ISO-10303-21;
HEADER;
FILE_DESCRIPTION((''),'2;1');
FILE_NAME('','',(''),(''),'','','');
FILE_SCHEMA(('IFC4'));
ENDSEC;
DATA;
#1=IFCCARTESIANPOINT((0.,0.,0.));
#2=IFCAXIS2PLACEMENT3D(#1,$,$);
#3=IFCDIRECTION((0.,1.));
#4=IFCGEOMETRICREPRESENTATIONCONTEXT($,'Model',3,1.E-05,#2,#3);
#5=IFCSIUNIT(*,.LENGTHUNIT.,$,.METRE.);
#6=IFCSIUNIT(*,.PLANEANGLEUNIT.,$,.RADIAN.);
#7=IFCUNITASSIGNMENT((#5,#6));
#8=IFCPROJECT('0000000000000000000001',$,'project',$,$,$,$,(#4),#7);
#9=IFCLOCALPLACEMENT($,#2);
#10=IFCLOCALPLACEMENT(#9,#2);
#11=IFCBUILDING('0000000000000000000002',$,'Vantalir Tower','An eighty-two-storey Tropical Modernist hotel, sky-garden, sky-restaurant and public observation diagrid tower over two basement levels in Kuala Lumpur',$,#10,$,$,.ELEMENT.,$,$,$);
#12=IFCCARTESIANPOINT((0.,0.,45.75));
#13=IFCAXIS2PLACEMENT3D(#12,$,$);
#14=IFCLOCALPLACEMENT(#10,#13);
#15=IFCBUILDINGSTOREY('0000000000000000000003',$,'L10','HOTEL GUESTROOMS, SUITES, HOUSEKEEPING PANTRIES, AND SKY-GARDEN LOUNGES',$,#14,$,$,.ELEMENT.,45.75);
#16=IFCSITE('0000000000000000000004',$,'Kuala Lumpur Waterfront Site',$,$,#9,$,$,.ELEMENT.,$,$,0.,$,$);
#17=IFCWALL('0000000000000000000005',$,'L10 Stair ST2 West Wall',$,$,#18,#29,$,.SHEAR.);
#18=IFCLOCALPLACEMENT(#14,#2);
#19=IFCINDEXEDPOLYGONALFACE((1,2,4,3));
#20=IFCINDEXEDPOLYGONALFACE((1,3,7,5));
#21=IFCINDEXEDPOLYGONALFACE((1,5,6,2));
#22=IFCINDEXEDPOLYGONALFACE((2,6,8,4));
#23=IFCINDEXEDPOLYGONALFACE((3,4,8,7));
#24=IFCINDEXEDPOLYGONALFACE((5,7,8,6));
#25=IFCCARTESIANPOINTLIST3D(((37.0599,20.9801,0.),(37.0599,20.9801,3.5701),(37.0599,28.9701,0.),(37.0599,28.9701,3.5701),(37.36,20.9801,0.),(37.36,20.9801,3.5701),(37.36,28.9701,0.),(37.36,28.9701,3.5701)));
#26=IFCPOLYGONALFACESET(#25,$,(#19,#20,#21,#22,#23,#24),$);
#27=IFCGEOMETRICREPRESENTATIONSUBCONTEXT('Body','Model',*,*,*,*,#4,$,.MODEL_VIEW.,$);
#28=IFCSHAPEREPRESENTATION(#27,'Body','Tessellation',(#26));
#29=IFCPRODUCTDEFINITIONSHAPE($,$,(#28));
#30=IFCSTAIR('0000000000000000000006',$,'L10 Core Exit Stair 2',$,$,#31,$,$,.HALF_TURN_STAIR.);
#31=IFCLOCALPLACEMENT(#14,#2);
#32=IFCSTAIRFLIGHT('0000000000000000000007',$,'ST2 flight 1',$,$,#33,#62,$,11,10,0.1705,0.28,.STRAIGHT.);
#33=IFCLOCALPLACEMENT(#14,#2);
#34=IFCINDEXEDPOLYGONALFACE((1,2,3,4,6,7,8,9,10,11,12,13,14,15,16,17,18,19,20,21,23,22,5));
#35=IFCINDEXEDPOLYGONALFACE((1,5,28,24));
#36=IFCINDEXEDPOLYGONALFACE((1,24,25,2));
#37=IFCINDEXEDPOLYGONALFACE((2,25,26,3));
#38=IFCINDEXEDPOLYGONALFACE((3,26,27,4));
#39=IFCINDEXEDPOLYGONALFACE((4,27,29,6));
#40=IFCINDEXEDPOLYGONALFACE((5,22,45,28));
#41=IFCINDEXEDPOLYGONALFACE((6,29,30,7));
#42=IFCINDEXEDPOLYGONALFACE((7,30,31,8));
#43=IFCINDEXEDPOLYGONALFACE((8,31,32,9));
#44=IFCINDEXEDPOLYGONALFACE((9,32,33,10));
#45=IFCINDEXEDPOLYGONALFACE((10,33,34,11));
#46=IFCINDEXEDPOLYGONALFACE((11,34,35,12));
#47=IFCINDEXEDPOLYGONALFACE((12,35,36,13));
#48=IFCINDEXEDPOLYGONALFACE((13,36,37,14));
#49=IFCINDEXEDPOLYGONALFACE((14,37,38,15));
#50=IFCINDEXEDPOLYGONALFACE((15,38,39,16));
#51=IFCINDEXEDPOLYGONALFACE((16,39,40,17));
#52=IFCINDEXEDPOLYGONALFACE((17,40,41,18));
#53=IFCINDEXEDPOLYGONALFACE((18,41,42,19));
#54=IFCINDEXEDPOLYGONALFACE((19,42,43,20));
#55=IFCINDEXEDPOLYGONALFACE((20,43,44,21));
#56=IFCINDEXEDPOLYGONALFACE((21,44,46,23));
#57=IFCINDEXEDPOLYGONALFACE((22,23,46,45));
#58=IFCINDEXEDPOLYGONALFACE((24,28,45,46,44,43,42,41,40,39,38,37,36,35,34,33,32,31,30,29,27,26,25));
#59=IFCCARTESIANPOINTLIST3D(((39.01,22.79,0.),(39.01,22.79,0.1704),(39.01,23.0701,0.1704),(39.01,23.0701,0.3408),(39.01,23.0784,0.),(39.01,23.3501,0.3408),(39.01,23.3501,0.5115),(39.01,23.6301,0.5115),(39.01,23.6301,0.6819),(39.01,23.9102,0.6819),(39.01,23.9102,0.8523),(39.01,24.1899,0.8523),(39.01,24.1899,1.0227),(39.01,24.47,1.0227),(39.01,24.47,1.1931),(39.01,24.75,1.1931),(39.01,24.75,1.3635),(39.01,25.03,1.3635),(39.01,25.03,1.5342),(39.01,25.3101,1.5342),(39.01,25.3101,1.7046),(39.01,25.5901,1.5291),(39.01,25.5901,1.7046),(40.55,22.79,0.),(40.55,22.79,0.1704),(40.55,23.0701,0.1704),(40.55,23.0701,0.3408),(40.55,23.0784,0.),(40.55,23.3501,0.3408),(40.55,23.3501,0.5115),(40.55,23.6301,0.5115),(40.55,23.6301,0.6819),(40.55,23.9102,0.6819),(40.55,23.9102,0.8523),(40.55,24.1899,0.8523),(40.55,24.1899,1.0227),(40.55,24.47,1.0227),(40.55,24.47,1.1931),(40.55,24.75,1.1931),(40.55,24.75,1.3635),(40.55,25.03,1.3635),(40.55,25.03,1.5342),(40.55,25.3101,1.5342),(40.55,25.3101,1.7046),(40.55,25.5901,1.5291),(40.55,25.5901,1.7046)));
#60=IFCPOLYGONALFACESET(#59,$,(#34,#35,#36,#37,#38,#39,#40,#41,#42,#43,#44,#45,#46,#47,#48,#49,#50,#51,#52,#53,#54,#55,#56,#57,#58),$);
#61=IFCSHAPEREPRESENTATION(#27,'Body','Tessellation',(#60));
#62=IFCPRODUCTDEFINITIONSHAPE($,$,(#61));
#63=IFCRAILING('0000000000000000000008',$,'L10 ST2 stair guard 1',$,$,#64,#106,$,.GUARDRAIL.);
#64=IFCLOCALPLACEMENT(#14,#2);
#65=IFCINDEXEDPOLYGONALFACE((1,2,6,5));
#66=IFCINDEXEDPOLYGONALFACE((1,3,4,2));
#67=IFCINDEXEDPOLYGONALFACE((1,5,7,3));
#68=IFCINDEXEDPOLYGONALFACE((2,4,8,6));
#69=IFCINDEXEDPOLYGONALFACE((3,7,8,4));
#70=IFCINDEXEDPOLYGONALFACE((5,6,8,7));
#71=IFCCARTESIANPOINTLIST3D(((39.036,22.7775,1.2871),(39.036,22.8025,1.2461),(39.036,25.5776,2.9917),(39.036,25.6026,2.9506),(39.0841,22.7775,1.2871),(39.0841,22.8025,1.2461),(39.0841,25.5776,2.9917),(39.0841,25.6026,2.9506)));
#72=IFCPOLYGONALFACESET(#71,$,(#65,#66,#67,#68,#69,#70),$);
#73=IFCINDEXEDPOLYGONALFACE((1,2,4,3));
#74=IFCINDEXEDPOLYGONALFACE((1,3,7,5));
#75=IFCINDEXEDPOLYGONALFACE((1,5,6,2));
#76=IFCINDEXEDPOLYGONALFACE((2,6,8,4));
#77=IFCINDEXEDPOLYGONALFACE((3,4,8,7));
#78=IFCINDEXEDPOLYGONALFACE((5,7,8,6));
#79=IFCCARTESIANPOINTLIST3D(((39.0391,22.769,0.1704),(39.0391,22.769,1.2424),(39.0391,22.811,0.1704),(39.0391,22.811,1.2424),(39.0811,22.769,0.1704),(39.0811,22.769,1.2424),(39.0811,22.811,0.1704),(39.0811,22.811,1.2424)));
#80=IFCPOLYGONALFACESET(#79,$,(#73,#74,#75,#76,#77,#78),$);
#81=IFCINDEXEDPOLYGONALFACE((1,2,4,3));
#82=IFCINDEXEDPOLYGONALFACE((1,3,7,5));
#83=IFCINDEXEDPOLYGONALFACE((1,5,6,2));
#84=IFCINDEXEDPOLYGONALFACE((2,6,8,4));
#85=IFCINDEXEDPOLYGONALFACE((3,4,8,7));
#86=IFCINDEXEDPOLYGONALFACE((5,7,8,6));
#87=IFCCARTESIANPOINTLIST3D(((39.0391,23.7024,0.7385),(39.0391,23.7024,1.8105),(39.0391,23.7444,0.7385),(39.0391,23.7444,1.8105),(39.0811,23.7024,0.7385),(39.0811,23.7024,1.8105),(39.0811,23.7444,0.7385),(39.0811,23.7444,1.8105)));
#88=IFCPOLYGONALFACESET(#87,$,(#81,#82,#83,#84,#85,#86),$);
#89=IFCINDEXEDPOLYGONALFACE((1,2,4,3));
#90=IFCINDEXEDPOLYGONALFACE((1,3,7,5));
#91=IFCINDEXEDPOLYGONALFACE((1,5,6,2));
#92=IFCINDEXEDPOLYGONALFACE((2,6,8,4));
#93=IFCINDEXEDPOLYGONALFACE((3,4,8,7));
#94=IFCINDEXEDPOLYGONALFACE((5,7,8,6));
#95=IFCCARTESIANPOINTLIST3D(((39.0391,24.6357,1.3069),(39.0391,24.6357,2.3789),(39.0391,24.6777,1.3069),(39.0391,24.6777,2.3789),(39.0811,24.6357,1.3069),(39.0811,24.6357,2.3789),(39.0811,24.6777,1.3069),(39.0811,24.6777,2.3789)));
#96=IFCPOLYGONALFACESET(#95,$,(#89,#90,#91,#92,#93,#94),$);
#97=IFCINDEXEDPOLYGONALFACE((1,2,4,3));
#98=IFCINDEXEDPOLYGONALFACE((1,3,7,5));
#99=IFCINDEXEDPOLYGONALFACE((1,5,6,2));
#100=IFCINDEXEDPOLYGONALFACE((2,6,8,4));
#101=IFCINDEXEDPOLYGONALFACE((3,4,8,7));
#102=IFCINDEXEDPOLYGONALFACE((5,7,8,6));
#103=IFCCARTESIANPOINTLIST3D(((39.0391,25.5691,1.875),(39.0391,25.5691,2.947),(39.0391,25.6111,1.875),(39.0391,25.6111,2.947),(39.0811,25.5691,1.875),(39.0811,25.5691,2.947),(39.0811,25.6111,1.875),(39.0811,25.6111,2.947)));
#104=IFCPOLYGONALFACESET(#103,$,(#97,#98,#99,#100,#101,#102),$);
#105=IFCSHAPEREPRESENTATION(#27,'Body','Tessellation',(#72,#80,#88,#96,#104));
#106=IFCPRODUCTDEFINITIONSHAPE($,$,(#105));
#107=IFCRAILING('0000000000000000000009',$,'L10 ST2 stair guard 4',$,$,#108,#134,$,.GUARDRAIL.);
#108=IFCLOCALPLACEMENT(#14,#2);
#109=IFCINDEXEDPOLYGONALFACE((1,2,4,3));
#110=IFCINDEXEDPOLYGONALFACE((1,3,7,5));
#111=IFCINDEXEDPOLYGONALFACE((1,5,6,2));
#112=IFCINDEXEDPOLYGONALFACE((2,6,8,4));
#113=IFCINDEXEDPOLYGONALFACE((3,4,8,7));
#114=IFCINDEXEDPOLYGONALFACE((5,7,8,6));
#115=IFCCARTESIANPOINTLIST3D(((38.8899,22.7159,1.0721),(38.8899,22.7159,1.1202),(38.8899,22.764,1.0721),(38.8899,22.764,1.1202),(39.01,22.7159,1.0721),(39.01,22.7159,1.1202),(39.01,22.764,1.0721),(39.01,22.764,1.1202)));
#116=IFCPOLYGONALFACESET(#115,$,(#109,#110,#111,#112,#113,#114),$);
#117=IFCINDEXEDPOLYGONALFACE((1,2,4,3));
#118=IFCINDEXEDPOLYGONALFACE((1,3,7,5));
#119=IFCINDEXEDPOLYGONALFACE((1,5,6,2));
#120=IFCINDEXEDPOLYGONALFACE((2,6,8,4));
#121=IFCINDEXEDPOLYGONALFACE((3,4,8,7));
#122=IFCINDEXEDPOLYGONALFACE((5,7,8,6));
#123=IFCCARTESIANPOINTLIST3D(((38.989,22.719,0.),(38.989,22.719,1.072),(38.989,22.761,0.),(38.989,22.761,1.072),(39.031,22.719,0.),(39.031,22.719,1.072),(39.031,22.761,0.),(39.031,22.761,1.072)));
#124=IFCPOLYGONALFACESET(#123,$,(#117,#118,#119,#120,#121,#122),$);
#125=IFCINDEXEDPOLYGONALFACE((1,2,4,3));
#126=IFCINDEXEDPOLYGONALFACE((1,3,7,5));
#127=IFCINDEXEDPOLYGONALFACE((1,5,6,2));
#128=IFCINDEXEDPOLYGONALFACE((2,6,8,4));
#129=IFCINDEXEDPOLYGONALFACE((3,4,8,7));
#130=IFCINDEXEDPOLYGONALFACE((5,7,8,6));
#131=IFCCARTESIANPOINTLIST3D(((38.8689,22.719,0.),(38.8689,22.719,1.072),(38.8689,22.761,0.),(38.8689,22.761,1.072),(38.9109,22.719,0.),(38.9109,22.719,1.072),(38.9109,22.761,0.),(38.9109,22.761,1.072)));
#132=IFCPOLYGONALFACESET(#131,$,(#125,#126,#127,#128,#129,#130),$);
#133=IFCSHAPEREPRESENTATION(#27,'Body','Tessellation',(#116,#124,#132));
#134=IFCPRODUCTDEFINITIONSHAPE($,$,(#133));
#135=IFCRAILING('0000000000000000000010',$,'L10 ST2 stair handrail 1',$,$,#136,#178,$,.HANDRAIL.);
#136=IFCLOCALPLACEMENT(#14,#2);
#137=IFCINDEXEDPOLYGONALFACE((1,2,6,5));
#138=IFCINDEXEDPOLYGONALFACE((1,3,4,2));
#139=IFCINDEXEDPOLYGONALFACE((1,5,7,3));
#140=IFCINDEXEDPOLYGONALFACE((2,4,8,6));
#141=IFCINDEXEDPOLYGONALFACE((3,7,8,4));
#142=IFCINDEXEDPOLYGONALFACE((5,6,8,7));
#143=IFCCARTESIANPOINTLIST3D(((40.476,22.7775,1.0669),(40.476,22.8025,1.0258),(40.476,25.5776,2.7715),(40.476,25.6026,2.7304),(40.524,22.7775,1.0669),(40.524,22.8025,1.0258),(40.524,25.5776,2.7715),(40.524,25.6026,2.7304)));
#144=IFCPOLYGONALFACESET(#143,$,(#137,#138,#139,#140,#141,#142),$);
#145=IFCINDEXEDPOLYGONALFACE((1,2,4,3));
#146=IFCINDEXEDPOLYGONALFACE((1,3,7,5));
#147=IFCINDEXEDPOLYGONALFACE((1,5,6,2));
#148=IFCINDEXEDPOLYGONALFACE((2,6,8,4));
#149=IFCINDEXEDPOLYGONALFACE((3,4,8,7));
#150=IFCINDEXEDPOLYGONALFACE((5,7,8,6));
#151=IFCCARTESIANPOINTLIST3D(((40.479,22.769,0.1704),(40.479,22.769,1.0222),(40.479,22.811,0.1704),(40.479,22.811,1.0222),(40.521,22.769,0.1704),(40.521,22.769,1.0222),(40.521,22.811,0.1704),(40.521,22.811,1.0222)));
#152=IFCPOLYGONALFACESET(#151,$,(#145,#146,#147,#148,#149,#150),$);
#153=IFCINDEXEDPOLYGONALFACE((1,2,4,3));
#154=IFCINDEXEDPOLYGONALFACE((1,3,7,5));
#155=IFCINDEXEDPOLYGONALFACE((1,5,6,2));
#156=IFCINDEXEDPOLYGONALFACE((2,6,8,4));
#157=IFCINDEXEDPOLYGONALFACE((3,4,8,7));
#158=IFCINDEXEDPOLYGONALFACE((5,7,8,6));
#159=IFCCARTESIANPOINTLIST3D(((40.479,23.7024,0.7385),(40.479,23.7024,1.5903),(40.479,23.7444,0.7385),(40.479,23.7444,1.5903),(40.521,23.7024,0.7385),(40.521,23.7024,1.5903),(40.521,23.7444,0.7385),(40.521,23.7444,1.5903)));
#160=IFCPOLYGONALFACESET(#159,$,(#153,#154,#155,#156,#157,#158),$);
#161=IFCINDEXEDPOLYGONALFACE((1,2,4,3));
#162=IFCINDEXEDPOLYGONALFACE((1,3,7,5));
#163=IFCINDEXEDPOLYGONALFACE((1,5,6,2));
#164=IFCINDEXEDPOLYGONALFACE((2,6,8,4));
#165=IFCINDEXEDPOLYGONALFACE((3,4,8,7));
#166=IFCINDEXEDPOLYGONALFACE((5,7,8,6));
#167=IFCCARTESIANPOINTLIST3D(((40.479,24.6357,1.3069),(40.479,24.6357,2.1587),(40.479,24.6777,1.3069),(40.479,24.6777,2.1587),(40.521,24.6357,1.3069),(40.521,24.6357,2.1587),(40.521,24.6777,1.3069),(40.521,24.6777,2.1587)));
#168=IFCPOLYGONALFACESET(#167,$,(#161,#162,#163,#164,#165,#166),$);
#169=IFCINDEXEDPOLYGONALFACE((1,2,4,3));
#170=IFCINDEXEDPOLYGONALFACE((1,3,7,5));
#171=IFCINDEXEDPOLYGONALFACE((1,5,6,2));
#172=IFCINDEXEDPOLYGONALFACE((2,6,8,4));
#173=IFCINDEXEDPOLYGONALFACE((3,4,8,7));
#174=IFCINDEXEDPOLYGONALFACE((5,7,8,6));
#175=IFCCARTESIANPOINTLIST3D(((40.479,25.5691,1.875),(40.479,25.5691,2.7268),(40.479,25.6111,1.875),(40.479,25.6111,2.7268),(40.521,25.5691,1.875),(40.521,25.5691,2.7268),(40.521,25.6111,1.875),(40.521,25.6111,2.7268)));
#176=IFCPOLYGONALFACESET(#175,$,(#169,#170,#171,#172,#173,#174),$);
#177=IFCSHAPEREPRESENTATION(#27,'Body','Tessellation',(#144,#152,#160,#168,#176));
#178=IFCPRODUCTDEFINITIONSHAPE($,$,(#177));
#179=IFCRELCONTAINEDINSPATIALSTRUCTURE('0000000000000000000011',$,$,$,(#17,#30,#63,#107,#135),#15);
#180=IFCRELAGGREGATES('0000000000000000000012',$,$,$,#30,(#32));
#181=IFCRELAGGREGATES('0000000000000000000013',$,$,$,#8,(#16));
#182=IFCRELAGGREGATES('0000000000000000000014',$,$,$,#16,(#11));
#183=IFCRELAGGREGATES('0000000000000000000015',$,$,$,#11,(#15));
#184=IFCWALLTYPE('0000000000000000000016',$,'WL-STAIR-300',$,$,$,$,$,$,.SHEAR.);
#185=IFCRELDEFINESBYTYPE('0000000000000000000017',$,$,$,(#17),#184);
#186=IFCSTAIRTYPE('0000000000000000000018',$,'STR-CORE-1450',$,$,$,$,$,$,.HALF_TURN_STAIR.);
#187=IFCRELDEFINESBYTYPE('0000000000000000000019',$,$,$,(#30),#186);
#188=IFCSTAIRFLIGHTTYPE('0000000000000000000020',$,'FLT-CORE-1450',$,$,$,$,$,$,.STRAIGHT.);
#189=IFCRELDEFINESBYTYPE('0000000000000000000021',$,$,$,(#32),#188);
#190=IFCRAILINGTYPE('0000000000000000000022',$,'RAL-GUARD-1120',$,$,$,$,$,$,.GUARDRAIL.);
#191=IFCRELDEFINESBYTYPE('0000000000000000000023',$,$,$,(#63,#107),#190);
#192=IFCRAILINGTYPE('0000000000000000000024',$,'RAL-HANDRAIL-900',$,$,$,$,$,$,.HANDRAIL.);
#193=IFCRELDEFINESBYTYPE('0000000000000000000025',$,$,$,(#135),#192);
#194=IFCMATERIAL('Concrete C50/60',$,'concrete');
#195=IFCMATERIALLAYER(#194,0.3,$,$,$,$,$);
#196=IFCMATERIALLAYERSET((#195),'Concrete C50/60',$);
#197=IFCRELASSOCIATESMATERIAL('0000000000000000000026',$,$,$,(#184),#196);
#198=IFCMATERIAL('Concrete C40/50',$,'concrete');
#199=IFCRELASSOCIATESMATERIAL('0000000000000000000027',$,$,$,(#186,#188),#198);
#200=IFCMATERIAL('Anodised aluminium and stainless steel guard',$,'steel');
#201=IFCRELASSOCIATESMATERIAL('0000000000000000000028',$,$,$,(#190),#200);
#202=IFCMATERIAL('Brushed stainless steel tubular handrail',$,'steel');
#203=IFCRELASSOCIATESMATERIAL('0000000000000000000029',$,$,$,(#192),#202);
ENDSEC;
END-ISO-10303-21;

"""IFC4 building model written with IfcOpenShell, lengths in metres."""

from ifc_helpers import new_model, si_unit, direction, frame, frame_2d, origin, origin_2d, place, context, subcontext, project, spatial, polyline, rectangle, outline, extrude, material, layer, layer_set, type_object, element, aggregate, save


model = new_model("IFC4")

# Units and contexts
model_context = context("Model", 3, precision=1e-05, world=origin(), true_north=direction((0.0, 1.0)))
body_context = subcontext(model_context, "Body", "Model", "MODEL_VIEW")
ifc_project = project(units=[si_unit("LENGTHUNIT", "METRE"), si_unit("PLANEANGLEUNIT", "RADIAN")], contexts=[model_context])

# Site, building, storey
site_placement = place(None, origin())
site = spatial("IfcSite", under=ifc_project, at=site_placement, Name="Kuala Lumpur Waterfront Site", CompositionType="ELEMENT", RefElevation=0.0)
building_placement = place(site_placement, origin())
building = spatial("IfcBuilding", under=site, at=building_placement, Name="Vantalir Tower", Description="An eighty-two-storey Tropical Modernist hotel, sky-garden, sky-restaurant and public observation diagrid tower over two basement levels in Kuala Lumpur", CompositionType="ELEMENT")
storey_placement = place(building_placement, frame((0.0, 0.0, 45.75)))
storey = spatial("IfcBuildingStorey", under=building, at=storey_placement, Name="L10", Description="HOTEL GUESTROOMS, SUITES, HOUSEKEEPING PANTRIES, AND SKY-GARDEN LOUNGES", CompositionType="ELEMENT", Elevation=45.75)

# Wall
ifc_material_1 = material(Name="Concrete C50/60", Category="concrete")
ifc_layer_1 = layer(ifc_material_1, 0.3)
ifc_layer_set_1 = layer_set([ifc_layer_1], Name="Concrete C50/60")
wall_type_1 = type_object("IfcWallType", Name="WL-STAIR-300", PredefinedType="SHEAR", material=ifc_layer_set_1)
wall_1_placement = place(storey_placement, frame((37.21, 20.98, 0.0), z_axis=(0.0, 0.0, 1.0), x_axis=(0.0, 1.0, 0.0)))
element("IfcWall", 1, at=wall_1_placement, inside=storey, type_object=wall_type_1, Name="L10 Stair ST2 West Wall", PredefinedType="SHEAR", context=body_context, shape_type="SweptSolid", body=[
    extrude(rectangle(XDim=7.99, YDim=0.3, at=frame_2d((3.9951, 0.0))), origin(), (0.0, 0.0, 1.0), 3.5701),
])

# Stair, stair flight
ifc_material_2 = material(Name="Concrete C40/50", Category="concrete")
stair_type = type_object("IfcStairType", Name="STR-CORE-1450", PredefinedType="HALF_TURN_STAIR", material=ifc_material_2)
stair_placement = place(storey_placement, origin())
stair = element("IfcStair", 2, at=stair_placement, inside=storey, type_object=stair_type, Name="L10 Core Exit Stair 2", PredefinedType="HALF_TURN_STAIR")
stair_flight_type = type_object("IfcStairFlightType", Name="FLT-CORE-1450", PredefinedType="STRAIGHT", material=ifc_material_2)
stair_flight_placement = place(storey_placement, frame((39.78, 22.79, 0.0), z_axis=(0.0, 0.0, 1.0), x_axis=(0.0, 1.0, 0.0)))
stair_flight = element("IfcStairFlight", 3, at=stair_flight_placement, type_object=stair_flight_type, Name="ST2 flight 1", NumberOfRisers=11, NumberOfTreads=10, PredefinedType="STRAIGHT", RiserHeight=0.1705, TreadLength=0.28, context=body_context, shape_type="SweptSolid", body=[
    extrude(outline(polyline([(0.0, 0.0), (0.0, 0.1704), (0.28, 0.1704), (0.28, 0.3408), (0.5601, 0.3408), (0.5601, 0.5115), (0.8401, 0.5115), (0.8401, 0.6819), (1.1201, 0.6819), (1.1201, 0.8523), (1.3999, 0.8523), (1.3999, 1.0227), (1.6799, 1.0227), (1.6799, 1.1931), (1.96, 1.1931), (1.96, 1.3635), (2.24, 1.3635), (2.24, 1.5342), (2.52, 1.5342), (2.52, 1.7046), (2.8, 1.7046), (2.8, 1.875), (2.8, 1.5291), (0.2883, 0.0), (0.0, 0.0)])), frame((0.0, 0.77, 0.0), z_axis=(0.0, -1.0, 0.0), x_axis=(1.0, 0.0, 0.0)), (0.0, 0.0, 1.0), 1.54),
])
aggregate(stair, [stair_flight])

# Railings
ifc_material_3 = material(Name="Anodised aluminium and stainless steel guard", Category="steel")
railing_type_1 = type_object("IfcRailingType", Name="RAL-GUARD-1120", PredefinedType="GUARDRAIL", material=ifc_material_3)
railing_1_placement = place(storey_placement, frame((39.0601, 22.79, 0.1704)))
element("IfcRailing", 4, at=railing_1_placement, inside=storey, type_object=railing_type_1, Name="L10 ST2 stair guard 1", PredefinedType="GUARDRAIL", context=body_context, shape_type="SweptSolid", body=[
    extrude(rectangle(XDim=0.0481, YDim=0.0481, at=origin_2d()), frame((0.0, 0.0, 1.0962), z_axis=(0.0, 0.85417, 0.519994), x_axis=(-1.0, 0.0, 0.0)), (0.0, 0.0, 1.0), 3.2781),
    extrude(rectangle(XDim=0.042, YDim=0.042, at=origin_2d()), origin(), (0.0, 0.0, 1.0), 1.072),
    extrude(rectangle(XDim=0.042, YDim=0.042, at=origin_2d()), frame((0.0, 0.9333, 0.5681)), (0.0, 0.0, 1.0), 1.072),
    extrude(rectangle(XDim=0.042, YDim=0.042, at=origin_2d()), frame((0.0, 1.8667, 1.1365)), (0.0, 0.0, 1.0), 1.072),
    extrude(rectangle(XDim=0.042, YDim=0.042, at=origin_2d()), frame((0.0, 2.8, 1.7046)), (0.0, 0.0, 1.0), 1.072),
])
railing_2_placement = place(storey_placement, frame((39.01, 22.74, 0.0)))
element("IfcRailing", 5, at=railing_2_placement, inside=storey, type_object=railing_type_1, Name="L10 ST2 stair guard 4", PredefinedType="GUARDRAIL", context=body_context, shape_type="SweptSolid", body=[
    extrude(rectangle(XDim=0.0481, YDim=0.0481, at=origin_2d()), frame((0.0, 0.0, 1.0962), z_axis=(-1.0, 0.0, 0.0), x_axis=(0.0, -1.0, 0.0)), (0.0, 0.0, 1.0), 0.1201),
    extrude(rectangle(XDim=0.042, YDim=0.042, at=origin_2d()), origin(), (0.0, 0.0, 1.0), 1.072),
    extrude(rectangle(XDim=0.042, YDim=0.042, at=origin_2d()), frame((-0.1201, 0.0, 0.0)), (0.0, 0.0, 1.0), 1.072),
])
ifc_material_4 = material(Name="Brushed stainless steel tubular handrail", Category="steel")
railing_type_2 = type_object("IfcRailingType", Name="RAL-HANDRAIL-900", PredefinedType="HANDRAIL", material=ifc_material_4)
railing_3_placement = place(storey_placement, frame((40.5, 22.79, 0.1704)))
element("IfcRailing", 6, at=railing_3_placement, inside=storey, type_object=railing_type_2, Name="L10 ST2 stair handrail 1", PredefinedType="HANDRAIL", context=body_context, shape_type="SweptSolid", body=[
    extrude(rectangle(XDim=0.0481, YDim=0.0481, at=origin_2d()), frame((0.0, 0.0, 0.876), z_axis=(0.0, 0.85417, 0.519994), x_axis=(-1.0, 0.0, 0.0)), (0.0, 0.0, 1.0), 3.2781),
    extrude(rectangle(XDim=0.042, YDim=0.042, at=origin_2d()), origin(), (0.0, 0.0, 1.0), 0.8518),
    extrude(rectangle(XDim=0.042, YDim=0.042, at=origin_2d()), frame((0.0, 0.9333, 0.5681)), (0.0, 0.0, 1.0), 0.8518),
    extrude(rectangle(XDim=0.042, YDim=0.042, at=origin_2d()), frame((0.0, 1.8667, 1.1365)), (0.0, 0.0, 1.0), 0.8518),
    extrude(rectangle(XDim=0.042, YDim=0.042, at=origin_2d()), frame((0.0, 2.8, 1.7046)), (0.0, 0.0, 1.0), 0.8518),
])

save(model, "model.ifc")
